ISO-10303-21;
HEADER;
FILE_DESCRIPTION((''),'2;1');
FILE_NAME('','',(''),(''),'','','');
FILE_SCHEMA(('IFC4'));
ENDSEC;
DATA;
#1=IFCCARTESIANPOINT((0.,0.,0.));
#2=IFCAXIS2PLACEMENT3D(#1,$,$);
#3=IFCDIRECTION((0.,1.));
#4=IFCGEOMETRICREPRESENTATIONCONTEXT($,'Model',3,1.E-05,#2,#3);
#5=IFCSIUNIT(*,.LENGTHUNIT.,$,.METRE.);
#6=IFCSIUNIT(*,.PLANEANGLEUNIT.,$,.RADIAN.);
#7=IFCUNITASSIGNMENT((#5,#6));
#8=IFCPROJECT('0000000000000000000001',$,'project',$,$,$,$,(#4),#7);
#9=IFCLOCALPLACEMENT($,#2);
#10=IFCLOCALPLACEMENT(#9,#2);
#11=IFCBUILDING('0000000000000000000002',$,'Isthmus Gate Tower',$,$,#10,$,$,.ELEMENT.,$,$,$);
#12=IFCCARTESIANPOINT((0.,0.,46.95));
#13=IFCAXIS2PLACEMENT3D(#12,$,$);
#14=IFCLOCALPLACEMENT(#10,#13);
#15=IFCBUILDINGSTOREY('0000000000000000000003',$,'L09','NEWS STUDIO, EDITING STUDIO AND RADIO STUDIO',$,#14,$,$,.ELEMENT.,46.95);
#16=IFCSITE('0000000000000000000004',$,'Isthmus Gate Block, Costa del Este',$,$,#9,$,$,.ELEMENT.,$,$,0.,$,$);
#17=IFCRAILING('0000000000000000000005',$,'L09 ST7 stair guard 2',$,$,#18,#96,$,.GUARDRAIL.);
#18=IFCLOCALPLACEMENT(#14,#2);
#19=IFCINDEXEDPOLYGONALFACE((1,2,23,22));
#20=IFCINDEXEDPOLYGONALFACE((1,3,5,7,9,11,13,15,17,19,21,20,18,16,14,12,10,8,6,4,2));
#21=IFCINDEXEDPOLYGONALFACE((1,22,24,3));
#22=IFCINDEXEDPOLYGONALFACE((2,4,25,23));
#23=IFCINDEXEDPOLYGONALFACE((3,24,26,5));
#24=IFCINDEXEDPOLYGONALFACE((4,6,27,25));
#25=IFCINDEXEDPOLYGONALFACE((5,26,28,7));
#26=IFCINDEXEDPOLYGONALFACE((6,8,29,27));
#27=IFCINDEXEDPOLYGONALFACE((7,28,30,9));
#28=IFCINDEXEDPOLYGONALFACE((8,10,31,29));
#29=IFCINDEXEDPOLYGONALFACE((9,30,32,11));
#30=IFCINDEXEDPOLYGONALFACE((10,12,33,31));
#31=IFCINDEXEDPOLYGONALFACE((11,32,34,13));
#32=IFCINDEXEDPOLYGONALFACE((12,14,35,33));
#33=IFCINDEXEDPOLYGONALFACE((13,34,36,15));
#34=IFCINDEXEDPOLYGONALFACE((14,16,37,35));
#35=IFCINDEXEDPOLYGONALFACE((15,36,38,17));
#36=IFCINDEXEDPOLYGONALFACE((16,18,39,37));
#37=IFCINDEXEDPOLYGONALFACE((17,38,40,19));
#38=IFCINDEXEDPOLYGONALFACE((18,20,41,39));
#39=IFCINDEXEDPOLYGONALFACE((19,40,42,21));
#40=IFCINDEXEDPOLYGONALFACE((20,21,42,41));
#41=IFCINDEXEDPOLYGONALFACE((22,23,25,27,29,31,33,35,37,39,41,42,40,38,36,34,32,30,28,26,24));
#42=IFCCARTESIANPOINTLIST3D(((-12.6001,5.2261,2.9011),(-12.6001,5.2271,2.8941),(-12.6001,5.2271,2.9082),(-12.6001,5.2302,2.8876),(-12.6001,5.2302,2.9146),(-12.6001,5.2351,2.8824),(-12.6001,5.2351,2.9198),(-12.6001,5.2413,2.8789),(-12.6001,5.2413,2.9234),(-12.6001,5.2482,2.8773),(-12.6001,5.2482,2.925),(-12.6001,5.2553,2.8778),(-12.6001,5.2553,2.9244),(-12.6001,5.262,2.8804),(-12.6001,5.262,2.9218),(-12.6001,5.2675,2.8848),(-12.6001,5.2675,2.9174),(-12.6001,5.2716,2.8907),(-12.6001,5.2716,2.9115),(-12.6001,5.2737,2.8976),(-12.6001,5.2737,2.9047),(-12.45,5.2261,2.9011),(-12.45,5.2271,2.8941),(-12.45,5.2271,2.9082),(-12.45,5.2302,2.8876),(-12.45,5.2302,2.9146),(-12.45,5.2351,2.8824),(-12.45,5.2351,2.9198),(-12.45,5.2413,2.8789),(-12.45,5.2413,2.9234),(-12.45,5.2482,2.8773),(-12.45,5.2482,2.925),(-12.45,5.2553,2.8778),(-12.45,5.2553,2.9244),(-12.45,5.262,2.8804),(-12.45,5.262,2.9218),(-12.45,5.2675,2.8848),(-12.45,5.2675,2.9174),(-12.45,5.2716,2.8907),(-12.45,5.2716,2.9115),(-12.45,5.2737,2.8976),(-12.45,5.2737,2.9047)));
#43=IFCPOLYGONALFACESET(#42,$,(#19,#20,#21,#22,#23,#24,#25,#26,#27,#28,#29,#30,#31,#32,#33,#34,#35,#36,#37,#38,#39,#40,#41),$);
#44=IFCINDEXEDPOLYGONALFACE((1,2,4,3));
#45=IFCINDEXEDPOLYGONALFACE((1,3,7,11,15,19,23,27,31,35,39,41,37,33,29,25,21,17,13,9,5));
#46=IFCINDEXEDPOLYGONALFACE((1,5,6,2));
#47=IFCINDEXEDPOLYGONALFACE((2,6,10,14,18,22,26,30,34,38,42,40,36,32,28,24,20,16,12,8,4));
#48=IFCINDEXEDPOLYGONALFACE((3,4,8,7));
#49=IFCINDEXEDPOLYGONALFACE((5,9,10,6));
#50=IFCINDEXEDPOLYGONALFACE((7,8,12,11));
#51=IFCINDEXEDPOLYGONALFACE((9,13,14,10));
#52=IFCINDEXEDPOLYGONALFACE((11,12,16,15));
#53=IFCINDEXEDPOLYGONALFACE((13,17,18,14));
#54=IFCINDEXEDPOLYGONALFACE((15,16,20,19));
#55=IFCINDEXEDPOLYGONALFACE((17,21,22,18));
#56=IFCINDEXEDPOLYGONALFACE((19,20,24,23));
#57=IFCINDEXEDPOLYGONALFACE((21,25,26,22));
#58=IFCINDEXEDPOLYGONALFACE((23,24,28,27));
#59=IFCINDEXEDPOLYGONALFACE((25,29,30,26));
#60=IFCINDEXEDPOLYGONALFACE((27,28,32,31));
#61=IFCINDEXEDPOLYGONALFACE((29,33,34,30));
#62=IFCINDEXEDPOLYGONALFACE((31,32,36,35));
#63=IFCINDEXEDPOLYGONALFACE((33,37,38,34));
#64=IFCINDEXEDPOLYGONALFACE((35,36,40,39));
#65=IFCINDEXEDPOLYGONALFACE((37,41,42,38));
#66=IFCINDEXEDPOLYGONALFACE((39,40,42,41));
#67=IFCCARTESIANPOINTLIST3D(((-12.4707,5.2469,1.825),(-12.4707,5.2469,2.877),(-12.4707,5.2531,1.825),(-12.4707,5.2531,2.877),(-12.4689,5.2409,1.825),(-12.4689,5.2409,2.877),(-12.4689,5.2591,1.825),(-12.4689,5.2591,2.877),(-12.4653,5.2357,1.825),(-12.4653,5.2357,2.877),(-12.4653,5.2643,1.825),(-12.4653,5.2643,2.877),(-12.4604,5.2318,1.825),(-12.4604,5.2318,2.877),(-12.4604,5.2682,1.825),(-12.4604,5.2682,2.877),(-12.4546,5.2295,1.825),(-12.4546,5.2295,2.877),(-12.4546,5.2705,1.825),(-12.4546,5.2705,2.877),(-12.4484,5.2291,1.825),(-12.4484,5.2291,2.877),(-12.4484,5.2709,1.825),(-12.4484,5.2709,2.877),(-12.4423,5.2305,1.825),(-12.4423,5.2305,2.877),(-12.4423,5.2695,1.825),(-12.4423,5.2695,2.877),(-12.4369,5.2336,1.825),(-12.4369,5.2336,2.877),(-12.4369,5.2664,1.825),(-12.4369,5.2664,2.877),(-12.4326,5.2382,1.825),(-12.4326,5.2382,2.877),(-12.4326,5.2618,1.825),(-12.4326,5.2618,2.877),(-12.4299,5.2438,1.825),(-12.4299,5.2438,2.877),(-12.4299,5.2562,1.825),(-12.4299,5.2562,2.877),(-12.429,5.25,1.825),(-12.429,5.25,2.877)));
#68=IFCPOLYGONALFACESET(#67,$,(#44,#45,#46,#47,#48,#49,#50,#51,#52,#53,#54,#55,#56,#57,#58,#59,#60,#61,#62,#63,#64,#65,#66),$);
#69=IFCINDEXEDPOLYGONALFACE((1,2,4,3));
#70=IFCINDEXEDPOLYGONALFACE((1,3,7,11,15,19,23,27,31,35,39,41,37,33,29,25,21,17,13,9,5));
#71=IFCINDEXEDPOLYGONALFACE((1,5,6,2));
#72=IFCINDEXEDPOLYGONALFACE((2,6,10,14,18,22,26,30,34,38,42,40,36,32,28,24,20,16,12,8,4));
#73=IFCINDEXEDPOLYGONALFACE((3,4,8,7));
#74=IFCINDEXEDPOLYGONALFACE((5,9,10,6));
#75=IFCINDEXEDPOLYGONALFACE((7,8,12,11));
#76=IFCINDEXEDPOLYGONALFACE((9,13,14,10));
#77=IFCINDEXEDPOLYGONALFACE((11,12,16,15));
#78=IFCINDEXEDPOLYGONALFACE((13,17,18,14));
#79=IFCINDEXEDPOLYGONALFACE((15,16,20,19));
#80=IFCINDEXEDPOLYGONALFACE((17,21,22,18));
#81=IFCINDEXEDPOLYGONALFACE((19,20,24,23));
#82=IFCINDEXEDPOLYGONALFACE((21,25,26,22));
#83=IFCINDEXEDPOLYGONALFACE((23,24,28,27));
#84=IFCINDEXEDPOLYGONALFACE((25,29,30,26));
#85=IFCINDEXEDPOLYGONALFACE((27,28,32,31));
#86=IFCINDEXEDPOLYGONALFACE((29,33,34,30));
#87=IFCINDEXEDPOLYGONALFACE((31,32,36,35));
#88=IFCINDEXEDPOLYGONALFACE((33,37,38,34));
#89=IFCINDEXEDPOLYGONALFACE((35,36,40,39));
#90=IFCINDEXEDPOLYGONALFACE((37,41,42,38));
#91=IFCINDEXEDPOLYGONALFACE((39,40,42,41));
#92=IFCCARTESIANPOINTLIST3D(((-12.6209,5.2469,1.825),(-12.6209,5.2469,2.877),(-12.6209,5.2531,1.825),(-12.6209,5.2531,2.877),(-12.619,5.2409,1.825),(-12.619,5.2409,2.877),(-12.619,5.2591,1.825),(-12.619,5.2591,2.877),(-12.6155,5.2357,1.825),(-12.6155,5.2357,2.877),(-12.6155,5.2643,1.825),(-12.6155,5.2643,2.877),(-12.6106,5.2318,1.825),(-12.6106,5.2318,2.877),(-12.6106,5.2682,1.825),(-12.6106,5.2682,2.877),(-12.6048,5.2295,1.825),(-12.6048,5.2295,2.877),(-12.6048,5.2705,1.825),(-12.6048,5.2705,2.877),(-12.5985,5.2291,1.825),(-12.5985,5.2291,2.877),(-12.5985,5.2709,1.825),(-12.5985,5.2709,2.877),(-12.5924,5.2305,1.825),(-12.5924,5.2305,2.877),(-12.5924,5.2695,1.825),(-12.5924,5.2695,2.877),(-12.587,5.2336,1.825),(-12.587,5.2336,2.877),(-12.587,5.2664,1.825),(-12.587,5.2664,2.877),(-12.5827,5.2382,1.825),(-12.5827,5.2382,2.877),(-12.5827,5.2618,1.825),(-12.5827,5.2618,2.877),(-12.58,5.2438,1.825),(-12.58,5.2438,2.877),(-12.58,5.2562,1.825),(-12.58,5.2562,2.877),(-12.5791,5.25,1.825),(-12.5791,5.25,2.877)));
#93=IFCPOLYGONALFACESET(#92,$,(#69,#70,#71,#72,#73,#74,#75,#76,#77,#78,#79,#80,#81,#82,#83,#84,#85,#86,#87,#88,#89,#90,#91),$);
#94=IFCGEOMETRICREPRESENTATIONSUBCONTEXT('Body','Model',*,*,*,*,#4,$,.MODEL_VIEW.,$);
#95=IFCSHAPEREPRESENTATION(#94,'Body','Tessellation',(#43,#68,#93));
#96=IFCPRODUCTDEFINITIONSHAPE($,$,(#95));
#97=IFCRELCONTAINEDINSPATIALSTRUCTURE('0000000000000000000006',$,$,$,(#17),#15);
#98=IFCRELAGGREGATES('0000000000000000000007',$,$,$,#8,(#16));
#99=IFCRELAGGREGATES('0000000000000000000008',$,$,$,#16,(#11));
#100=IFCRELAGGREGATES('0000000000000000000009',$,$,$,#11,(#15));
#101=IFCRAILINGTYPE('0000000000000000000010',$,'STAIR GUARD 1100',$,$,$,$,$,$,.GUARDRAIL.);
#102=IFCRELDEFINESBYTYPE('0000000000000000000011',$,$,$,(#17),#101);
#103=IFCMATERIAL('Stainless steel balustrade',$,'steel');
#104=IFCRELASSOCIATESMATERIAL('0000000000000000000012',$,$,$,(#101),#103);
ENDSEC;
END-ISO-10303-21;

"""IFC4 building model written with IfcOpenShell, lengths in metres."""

from ifc_helpers import new_model, si_unit, direction, frame, origin, origin_2d, place, context, subcontext, project, spatial, circle, extrude, material, type_object, element, save


model = new_model("IFC4")

# Units and contexts
model_context = context("Model", 3, precision=1e-05, world=origin(), true_north=direction((0.0, 1.0)))
body_context = subcontext(model_context, "Body", "Model", "MODEL_VIEW")
ifc_project = project(units=[si_unit("LENGTHUNIT", "METRE"), si_unit("PLANEANGLEUNIT", "RADIAN")], contexts=[model_context])

# Site, building, storey
site_placement = place(None, origin())
site = spatial("IfcSite", under=ifc_project, at=site_placement, Name="Isthmus Gate Block, Costa del Este", CompositionType="ELEMENT", RefElevation=0.0)
building_placement = place(site_placement, origin())
building = spatial("IfcBuilding", under=site, at=building_placement, Name="Isthmus Gate Tower", CompositionType="ELEMENT")
storey_placement = place(building_placement, frame((0.0, 0.0, 46.95)))
storey = spatial("IfcBuildingStorey", under=building, at=storey_placement, Name="L09", Description="NEWS STUDIO, EDITING STUDIO AND RADIO STUDIO", CompositionType="ELEMENT", Elevation=46.95)

# Railing
ifc_material_1 = material(Name="Stainless steel balustrade", Category="steel")
railing_type_1 = type_object("IfcRailingType", Name="STAIR GUARD 1100", PredefinedType="GUARDRAIL", material=ifc_material_1)
railing_1_placement = place(storey_placement, frame((-12.45, 5.25, 1.825)))
element("IfcRailing", 1, at=railing_1_placement, inside=storey, type_object=railing_type_1, Name="L09 ST7 stair guard 2", PredefinedType="GUARDRAIL", context=body_context, shape_type="SweptSolid", body=[
    extrude(circle(Radius=0.0239, at=origin_2d()), frame((0.0, 0.0, 1.0762), z_axis=(-1.0, 0.0, 0.0), x_axis=(0.0, -1.0, 0.0)), (0.0, 0.0, 1.0), 0.1501),
    extrude(circle(Radius=0.021, at=origin_2d()), origin(), (0.0, 0.0, 1.0), 1.052),
    extrude(circle(Radius=0.021, at=origin_2d()), frame((-0.1501, 0.0, 0.0)), (0.0, 0.0, 1.0), 1.052),
])

save(model, "model.ifc")
